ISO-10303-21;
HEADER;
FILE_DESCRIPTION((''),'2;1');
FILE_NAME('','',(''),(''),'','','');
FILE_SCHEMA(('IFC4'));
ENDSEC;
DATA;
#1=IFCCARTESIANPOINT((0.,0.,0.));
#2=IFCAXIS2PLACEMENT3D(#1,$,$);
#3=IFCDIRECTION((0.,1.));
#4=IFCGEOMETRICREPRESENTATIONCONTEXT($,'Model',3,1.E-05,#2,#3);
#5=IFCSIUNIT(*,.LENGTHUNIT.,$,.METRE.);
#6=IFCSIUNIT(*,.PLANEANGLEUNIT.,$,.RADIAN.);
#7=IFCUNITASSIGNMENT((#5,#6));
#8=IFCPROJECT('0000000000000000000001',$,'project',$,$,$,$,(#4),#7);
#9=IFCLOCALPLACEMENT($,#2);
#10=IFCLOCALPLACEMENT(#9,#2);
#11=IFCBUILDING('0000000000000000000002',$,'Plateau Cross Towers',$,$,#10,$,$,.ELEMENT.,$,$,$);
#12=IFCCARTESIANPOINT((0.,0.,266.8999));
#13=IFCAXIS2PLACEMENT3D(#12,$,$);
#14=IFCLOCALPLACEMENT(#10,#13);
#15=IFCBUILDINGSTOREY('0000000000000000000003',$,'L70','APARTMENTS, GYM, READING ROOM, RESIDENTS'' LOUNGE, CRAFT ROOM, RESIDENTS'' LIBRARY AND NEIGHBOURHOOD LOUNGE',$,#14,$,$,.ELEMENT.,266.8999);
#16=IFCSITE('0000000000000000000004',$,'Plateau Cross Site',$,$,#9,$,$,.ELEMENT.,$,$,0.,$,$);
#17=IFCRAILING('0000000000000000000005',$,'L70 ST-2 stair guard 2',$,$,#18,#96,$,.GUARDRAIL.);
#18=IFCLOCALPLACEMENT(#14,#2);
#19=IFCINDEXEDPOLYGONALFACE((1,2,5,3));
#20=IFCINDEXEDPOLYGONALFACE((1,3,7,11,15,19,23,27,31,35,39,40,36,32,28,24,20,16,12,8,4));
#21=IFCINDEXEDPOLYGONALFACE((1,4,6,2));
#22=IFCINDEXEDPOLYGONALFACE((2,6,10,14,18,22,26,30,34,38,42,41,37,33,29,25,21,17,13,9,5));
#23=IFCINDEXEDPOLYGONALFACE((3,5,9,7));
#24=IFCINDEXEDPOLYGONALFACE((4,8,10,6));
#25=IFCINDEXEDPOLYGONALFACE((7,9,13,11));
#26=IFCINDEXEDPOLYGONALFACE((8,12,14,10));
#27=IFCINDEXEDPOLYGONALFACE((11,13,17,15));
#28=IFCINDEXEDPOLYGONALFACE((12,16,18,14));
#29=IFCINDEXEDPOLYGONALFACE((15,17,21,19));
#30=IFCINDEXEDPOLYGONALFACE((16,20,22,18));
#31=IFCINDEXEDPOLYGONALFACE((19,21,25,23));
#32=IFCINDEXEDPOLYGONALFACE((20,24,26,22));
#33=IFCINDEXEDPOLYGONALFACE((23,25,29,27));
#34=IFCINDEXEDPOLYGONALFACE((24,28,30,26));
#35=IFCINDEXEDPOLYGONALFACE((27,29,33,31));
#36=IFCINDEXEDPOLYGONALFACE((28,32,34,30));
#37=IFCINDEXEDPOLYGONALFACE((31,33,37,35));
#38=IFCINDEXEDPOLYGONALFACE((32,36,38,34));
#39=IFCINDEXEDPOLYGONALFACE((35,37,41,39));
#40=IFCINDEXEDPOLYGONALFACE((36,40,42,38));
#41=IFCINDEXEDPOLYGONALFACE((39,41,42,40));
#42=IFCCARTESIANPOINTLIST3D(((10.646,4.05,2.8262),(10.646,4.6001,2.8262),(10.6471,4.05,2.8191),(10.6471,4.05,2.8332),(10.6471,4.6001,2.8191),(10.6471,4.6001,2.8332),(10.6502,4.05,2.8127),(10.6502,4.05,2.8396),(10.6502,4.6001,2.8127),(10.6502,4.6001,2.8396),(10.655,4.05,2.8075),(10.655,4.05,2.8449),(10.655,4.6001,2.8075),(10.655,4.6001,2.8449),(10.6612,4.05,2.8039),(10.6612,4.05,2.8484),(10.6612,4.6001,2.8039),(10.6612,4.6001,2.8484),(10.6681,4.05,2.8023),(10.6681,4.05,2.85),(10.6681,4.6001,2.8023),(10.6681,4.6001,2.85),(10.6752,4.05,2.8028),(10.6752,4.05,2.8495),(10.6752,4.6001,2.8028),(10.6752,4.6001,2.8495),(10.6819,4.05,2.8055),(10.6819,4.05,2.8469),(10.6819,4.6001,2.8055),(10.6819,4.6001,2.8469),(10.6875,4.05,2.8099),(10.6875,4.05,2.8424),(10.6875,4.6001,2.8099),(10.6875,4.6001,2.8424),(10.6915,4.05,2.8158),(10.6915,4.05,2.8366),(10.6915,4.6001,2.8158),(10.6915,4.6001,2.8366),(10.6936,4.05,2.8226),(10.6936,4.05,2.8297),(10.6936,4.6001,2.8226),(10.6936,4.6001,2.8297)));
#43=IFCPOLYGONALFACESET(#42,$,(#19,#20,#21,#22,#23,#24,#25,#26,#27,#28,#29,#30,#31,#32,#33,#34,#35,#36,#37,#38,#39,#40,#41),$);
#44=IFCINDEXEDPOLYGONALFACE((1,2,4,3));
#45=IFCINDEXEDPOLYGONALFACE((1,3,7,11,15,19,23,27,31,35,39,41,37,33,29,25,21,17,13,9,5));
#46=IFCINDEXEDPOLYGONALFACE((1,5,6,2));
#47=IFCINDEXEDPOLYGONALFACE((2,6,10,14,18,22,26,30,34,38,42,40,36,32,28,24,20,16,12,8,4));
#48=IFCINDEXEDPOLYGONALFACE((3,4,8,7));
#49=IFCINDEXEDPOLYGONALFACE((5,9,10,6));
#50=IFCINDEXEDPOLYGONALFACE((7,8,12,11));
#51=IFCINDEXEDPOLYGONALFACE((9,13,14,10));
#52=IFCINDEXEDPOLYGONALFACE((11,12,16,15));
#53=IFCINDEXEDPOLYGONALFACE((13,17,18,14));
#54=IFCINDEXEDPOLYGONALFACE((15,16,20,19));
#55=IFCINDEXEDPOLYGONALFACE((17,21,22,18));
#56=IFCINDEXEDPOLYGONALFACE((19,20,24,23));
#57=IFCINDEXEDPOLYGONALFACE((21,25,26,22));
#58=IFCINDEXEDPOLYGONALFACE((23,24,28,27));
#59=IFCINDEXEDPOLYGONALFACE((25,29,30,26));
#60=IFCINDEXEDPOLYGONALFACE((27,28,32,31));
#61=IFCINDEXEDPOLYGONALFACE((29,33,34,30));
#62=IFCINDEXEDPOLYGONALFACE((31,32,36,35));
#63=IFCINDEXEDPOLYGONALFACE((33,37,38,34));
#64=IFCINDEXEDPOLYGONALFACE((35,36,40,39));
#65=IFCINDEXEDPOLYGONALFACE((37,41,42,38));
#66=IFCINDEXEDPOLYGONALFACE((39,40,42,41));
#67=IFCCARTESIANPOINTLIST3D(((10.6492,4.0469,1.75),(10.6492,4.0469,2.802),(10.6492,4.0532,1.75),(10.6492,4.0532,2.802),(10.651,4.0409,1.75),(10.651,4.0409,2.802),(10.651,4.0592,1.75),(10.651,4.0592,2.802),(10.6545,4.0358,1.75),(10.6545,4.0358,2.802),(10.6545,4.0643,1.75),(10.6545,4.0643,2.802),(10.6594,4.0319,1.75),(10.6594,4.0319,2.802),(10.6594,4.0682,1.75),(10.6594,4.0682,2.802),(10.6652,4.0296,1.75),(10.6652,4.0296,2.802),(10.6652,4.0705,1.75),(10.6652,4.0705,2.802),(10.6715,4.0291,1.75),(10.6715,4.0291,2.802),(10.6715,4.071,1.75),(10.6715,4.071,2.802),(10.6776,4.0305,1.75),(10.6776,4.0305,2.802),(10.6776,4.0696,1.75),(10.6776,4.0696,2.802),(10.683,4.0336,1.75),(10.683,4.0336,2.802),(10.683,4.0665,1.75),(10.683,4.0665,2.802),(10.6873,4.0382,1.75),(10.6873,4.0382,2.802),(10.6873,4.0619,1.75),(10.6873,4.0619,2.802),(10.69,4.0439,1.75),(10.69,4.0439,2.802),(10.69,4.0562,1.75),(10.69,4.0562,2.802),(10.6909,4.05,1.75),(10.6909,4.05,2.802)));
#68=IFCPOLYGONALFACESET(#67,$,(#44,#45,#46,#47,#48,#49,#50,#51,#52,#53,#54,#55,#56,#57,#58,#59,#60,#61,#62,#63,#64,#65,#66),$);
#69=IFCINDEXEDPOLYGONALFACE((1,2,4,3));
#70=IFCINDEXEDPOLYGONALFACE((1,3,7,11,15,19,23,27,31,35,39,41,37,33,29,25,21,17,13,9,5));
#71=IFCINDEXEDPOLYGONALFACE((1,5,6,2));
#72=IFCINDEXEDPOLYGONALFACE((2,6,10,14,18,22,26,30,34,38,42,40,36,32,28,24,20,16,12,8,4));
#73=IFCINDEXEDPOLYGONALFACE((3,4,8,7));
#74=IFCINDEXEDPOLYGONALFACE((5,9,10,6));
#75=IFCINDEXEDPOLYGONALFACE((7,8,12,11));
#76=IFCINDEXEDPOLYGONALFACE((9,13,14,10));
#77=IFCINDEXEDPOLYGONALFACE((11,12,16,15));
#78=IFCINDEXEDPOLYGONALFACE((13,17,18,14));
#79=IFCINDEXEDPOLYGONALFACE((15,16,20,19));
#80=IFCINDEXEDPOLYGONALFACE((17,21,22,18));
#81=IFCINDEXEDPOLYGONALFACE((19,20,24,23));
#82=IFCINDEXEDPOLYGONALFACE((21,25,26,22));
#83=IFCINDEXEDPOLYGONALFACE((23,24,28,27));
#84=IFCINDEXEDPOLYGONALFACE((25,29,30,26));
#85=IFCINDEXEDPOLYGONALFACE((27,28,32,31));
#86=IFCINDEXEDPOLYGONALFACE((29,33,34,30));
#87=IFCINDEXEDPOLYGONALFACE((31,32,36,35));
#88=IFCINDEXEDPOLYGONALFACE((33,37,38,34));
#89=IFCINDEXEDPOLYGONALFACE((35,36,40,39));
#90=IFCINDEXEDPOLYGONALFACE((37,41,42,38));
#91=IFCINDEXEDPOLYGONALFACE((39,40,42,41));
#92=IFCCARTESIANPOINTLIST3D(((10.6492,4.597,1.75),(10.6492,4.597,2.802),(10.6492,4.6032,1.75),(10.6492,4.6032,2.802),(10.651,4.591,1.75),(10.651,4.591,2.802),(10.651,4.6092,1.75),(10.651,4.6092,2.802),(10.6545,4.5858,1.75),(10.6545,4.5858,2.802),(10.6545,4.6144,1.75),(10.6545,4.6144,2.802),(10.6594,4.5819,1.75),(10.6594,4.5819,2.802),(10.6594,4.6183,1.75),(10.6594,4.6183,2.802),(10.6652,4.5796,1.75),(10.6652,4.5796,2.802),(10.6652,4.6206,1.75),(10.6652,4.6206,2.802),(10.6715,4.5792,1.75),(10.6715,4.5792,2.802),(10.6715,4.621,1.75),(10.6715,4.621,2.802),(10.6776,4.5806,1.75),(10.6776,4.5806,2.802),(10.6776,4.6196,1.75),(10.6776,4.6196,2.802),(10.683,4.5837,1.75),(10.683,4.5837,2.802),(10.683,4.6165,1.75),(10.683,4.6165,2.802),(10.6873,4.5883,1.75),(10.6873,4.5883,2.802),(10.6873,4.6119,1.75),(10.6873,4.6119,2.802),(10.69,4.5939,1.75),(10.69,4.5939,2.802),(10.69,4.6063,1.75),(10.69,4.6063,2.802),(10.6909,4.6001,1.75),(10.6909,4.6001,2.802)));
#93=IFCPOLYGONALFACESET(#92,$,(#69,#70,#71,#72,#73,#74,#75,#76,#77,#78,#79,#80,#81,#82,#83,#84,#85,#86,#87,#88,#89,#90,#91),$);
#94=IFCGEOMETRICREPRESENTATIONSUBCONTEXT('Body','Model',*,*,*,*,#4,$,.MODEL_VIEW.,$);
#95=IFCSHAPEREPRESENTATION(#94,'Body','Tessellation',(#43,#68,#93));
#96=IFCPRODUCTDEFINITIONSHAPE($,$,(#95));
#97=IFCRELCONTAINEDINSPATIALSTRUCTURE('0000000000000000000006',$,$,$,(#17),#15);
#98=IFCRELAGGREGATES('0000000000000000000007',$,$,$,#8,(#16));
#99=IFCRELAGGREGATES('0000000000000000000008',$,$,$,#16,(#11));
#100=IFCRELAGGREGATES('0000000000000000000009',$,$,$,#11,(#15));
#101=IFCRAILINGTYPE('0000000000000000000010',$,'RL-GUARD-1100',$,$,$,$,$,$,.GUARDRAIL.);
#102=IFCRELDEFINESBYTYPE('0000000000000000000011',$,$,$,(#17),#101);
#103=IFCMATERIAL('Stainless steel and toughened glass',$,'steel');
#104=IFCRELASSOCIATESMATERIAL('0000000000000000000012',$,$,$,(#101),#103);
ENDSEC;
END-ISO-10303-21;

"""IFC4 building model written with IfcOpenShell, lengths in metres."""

from ifc_helpers import new_model, si_unit, direction, frame, origin, origin_2d, place, context, subcontext, project, spatial, circle, extrude, material, type_object, element, save


model = new_model("IFC4")

# Units and contexts
model_context = context("Model", 3, precision=1e-05, world=origin(), true_north=direction((0.0, 1.0)))
body_context = subcontext(model_context, "Body", "Model", "MODEL_VIEW")
ifc_project = project(units=[si_unit("LENGTHUNIT", "METRE"), si_unit("PLANEANGLEUNIT", "RADIAN")], contexts=[model_context])

# Site, building, storey
site_placement = place(None, origin())
site = spatial("IfcSite", under=ifc_project, at=site_placement, Name="Plateau Cross Site", CompositionType="ELEMENT", RefElevation=0.0)
building_placement = place(site_placement, origin())
building = spatial("IfcBuilding", under=site, at=building_placement, Name="Plateau Cross Towers", CompositionType="ELEMENT")
storey_placement = place(building_placement, frame((0.0, 0.0, 266.8999)))
storey = spatial("IfcBuildingStorey", under=building, at=storey_placement, Name="L70", Description="APARTMENTS, GYM, READING ROOM, RESIDENTS' LOUNGE, CRAFT ROOM, RESIDENTS' LIBRARY AND NEIGHBOURHOOD LOUNGE", CompositionType="ELEMENT", Elevation=266.8999)

# Railing
ifc_material_1 = material(Name="Stainless steel and toughened glass", Category="steel")
railing_type_1 = type_object("IfcRailingType", Name="RL-GUARD-1100", PredefinedType="GUARDRAIL", material=ifc_material_1)
railing_1_placement = place(storey_placement, frame((10.6699, 4.05, 1.75)))
element("IfcRailing", 1, at=railing_1_placement, inside=storey, type_object=railing_type_1, Name="L70 ST-2 stair guard 2", PredefinedType="GUARDRAIL", context=body_context, shape_type="SweptSolid", body=[
    extrude(circle(Radius=0.0239, at=origin_2d()), frame((0.0, 0.0, 1.0762), z_axis=(0.0, 1.0, 0.0), x_axis=(-1.0, 0.0, 0.0)), (0.0, 0.0, 1.0), 0.55),
    extrude(circle(Radius=0.021, at=origin_2d()), origin(), (0.0, 0.0, 1.0), 1.052),
    extrude(circle(Radius=0.021, at=origin_2d()), frame((0.0, 0.55, 0.0)), (0.0, 0.0, 1.0), 1.052),
])

save(model, "model.ifc")
